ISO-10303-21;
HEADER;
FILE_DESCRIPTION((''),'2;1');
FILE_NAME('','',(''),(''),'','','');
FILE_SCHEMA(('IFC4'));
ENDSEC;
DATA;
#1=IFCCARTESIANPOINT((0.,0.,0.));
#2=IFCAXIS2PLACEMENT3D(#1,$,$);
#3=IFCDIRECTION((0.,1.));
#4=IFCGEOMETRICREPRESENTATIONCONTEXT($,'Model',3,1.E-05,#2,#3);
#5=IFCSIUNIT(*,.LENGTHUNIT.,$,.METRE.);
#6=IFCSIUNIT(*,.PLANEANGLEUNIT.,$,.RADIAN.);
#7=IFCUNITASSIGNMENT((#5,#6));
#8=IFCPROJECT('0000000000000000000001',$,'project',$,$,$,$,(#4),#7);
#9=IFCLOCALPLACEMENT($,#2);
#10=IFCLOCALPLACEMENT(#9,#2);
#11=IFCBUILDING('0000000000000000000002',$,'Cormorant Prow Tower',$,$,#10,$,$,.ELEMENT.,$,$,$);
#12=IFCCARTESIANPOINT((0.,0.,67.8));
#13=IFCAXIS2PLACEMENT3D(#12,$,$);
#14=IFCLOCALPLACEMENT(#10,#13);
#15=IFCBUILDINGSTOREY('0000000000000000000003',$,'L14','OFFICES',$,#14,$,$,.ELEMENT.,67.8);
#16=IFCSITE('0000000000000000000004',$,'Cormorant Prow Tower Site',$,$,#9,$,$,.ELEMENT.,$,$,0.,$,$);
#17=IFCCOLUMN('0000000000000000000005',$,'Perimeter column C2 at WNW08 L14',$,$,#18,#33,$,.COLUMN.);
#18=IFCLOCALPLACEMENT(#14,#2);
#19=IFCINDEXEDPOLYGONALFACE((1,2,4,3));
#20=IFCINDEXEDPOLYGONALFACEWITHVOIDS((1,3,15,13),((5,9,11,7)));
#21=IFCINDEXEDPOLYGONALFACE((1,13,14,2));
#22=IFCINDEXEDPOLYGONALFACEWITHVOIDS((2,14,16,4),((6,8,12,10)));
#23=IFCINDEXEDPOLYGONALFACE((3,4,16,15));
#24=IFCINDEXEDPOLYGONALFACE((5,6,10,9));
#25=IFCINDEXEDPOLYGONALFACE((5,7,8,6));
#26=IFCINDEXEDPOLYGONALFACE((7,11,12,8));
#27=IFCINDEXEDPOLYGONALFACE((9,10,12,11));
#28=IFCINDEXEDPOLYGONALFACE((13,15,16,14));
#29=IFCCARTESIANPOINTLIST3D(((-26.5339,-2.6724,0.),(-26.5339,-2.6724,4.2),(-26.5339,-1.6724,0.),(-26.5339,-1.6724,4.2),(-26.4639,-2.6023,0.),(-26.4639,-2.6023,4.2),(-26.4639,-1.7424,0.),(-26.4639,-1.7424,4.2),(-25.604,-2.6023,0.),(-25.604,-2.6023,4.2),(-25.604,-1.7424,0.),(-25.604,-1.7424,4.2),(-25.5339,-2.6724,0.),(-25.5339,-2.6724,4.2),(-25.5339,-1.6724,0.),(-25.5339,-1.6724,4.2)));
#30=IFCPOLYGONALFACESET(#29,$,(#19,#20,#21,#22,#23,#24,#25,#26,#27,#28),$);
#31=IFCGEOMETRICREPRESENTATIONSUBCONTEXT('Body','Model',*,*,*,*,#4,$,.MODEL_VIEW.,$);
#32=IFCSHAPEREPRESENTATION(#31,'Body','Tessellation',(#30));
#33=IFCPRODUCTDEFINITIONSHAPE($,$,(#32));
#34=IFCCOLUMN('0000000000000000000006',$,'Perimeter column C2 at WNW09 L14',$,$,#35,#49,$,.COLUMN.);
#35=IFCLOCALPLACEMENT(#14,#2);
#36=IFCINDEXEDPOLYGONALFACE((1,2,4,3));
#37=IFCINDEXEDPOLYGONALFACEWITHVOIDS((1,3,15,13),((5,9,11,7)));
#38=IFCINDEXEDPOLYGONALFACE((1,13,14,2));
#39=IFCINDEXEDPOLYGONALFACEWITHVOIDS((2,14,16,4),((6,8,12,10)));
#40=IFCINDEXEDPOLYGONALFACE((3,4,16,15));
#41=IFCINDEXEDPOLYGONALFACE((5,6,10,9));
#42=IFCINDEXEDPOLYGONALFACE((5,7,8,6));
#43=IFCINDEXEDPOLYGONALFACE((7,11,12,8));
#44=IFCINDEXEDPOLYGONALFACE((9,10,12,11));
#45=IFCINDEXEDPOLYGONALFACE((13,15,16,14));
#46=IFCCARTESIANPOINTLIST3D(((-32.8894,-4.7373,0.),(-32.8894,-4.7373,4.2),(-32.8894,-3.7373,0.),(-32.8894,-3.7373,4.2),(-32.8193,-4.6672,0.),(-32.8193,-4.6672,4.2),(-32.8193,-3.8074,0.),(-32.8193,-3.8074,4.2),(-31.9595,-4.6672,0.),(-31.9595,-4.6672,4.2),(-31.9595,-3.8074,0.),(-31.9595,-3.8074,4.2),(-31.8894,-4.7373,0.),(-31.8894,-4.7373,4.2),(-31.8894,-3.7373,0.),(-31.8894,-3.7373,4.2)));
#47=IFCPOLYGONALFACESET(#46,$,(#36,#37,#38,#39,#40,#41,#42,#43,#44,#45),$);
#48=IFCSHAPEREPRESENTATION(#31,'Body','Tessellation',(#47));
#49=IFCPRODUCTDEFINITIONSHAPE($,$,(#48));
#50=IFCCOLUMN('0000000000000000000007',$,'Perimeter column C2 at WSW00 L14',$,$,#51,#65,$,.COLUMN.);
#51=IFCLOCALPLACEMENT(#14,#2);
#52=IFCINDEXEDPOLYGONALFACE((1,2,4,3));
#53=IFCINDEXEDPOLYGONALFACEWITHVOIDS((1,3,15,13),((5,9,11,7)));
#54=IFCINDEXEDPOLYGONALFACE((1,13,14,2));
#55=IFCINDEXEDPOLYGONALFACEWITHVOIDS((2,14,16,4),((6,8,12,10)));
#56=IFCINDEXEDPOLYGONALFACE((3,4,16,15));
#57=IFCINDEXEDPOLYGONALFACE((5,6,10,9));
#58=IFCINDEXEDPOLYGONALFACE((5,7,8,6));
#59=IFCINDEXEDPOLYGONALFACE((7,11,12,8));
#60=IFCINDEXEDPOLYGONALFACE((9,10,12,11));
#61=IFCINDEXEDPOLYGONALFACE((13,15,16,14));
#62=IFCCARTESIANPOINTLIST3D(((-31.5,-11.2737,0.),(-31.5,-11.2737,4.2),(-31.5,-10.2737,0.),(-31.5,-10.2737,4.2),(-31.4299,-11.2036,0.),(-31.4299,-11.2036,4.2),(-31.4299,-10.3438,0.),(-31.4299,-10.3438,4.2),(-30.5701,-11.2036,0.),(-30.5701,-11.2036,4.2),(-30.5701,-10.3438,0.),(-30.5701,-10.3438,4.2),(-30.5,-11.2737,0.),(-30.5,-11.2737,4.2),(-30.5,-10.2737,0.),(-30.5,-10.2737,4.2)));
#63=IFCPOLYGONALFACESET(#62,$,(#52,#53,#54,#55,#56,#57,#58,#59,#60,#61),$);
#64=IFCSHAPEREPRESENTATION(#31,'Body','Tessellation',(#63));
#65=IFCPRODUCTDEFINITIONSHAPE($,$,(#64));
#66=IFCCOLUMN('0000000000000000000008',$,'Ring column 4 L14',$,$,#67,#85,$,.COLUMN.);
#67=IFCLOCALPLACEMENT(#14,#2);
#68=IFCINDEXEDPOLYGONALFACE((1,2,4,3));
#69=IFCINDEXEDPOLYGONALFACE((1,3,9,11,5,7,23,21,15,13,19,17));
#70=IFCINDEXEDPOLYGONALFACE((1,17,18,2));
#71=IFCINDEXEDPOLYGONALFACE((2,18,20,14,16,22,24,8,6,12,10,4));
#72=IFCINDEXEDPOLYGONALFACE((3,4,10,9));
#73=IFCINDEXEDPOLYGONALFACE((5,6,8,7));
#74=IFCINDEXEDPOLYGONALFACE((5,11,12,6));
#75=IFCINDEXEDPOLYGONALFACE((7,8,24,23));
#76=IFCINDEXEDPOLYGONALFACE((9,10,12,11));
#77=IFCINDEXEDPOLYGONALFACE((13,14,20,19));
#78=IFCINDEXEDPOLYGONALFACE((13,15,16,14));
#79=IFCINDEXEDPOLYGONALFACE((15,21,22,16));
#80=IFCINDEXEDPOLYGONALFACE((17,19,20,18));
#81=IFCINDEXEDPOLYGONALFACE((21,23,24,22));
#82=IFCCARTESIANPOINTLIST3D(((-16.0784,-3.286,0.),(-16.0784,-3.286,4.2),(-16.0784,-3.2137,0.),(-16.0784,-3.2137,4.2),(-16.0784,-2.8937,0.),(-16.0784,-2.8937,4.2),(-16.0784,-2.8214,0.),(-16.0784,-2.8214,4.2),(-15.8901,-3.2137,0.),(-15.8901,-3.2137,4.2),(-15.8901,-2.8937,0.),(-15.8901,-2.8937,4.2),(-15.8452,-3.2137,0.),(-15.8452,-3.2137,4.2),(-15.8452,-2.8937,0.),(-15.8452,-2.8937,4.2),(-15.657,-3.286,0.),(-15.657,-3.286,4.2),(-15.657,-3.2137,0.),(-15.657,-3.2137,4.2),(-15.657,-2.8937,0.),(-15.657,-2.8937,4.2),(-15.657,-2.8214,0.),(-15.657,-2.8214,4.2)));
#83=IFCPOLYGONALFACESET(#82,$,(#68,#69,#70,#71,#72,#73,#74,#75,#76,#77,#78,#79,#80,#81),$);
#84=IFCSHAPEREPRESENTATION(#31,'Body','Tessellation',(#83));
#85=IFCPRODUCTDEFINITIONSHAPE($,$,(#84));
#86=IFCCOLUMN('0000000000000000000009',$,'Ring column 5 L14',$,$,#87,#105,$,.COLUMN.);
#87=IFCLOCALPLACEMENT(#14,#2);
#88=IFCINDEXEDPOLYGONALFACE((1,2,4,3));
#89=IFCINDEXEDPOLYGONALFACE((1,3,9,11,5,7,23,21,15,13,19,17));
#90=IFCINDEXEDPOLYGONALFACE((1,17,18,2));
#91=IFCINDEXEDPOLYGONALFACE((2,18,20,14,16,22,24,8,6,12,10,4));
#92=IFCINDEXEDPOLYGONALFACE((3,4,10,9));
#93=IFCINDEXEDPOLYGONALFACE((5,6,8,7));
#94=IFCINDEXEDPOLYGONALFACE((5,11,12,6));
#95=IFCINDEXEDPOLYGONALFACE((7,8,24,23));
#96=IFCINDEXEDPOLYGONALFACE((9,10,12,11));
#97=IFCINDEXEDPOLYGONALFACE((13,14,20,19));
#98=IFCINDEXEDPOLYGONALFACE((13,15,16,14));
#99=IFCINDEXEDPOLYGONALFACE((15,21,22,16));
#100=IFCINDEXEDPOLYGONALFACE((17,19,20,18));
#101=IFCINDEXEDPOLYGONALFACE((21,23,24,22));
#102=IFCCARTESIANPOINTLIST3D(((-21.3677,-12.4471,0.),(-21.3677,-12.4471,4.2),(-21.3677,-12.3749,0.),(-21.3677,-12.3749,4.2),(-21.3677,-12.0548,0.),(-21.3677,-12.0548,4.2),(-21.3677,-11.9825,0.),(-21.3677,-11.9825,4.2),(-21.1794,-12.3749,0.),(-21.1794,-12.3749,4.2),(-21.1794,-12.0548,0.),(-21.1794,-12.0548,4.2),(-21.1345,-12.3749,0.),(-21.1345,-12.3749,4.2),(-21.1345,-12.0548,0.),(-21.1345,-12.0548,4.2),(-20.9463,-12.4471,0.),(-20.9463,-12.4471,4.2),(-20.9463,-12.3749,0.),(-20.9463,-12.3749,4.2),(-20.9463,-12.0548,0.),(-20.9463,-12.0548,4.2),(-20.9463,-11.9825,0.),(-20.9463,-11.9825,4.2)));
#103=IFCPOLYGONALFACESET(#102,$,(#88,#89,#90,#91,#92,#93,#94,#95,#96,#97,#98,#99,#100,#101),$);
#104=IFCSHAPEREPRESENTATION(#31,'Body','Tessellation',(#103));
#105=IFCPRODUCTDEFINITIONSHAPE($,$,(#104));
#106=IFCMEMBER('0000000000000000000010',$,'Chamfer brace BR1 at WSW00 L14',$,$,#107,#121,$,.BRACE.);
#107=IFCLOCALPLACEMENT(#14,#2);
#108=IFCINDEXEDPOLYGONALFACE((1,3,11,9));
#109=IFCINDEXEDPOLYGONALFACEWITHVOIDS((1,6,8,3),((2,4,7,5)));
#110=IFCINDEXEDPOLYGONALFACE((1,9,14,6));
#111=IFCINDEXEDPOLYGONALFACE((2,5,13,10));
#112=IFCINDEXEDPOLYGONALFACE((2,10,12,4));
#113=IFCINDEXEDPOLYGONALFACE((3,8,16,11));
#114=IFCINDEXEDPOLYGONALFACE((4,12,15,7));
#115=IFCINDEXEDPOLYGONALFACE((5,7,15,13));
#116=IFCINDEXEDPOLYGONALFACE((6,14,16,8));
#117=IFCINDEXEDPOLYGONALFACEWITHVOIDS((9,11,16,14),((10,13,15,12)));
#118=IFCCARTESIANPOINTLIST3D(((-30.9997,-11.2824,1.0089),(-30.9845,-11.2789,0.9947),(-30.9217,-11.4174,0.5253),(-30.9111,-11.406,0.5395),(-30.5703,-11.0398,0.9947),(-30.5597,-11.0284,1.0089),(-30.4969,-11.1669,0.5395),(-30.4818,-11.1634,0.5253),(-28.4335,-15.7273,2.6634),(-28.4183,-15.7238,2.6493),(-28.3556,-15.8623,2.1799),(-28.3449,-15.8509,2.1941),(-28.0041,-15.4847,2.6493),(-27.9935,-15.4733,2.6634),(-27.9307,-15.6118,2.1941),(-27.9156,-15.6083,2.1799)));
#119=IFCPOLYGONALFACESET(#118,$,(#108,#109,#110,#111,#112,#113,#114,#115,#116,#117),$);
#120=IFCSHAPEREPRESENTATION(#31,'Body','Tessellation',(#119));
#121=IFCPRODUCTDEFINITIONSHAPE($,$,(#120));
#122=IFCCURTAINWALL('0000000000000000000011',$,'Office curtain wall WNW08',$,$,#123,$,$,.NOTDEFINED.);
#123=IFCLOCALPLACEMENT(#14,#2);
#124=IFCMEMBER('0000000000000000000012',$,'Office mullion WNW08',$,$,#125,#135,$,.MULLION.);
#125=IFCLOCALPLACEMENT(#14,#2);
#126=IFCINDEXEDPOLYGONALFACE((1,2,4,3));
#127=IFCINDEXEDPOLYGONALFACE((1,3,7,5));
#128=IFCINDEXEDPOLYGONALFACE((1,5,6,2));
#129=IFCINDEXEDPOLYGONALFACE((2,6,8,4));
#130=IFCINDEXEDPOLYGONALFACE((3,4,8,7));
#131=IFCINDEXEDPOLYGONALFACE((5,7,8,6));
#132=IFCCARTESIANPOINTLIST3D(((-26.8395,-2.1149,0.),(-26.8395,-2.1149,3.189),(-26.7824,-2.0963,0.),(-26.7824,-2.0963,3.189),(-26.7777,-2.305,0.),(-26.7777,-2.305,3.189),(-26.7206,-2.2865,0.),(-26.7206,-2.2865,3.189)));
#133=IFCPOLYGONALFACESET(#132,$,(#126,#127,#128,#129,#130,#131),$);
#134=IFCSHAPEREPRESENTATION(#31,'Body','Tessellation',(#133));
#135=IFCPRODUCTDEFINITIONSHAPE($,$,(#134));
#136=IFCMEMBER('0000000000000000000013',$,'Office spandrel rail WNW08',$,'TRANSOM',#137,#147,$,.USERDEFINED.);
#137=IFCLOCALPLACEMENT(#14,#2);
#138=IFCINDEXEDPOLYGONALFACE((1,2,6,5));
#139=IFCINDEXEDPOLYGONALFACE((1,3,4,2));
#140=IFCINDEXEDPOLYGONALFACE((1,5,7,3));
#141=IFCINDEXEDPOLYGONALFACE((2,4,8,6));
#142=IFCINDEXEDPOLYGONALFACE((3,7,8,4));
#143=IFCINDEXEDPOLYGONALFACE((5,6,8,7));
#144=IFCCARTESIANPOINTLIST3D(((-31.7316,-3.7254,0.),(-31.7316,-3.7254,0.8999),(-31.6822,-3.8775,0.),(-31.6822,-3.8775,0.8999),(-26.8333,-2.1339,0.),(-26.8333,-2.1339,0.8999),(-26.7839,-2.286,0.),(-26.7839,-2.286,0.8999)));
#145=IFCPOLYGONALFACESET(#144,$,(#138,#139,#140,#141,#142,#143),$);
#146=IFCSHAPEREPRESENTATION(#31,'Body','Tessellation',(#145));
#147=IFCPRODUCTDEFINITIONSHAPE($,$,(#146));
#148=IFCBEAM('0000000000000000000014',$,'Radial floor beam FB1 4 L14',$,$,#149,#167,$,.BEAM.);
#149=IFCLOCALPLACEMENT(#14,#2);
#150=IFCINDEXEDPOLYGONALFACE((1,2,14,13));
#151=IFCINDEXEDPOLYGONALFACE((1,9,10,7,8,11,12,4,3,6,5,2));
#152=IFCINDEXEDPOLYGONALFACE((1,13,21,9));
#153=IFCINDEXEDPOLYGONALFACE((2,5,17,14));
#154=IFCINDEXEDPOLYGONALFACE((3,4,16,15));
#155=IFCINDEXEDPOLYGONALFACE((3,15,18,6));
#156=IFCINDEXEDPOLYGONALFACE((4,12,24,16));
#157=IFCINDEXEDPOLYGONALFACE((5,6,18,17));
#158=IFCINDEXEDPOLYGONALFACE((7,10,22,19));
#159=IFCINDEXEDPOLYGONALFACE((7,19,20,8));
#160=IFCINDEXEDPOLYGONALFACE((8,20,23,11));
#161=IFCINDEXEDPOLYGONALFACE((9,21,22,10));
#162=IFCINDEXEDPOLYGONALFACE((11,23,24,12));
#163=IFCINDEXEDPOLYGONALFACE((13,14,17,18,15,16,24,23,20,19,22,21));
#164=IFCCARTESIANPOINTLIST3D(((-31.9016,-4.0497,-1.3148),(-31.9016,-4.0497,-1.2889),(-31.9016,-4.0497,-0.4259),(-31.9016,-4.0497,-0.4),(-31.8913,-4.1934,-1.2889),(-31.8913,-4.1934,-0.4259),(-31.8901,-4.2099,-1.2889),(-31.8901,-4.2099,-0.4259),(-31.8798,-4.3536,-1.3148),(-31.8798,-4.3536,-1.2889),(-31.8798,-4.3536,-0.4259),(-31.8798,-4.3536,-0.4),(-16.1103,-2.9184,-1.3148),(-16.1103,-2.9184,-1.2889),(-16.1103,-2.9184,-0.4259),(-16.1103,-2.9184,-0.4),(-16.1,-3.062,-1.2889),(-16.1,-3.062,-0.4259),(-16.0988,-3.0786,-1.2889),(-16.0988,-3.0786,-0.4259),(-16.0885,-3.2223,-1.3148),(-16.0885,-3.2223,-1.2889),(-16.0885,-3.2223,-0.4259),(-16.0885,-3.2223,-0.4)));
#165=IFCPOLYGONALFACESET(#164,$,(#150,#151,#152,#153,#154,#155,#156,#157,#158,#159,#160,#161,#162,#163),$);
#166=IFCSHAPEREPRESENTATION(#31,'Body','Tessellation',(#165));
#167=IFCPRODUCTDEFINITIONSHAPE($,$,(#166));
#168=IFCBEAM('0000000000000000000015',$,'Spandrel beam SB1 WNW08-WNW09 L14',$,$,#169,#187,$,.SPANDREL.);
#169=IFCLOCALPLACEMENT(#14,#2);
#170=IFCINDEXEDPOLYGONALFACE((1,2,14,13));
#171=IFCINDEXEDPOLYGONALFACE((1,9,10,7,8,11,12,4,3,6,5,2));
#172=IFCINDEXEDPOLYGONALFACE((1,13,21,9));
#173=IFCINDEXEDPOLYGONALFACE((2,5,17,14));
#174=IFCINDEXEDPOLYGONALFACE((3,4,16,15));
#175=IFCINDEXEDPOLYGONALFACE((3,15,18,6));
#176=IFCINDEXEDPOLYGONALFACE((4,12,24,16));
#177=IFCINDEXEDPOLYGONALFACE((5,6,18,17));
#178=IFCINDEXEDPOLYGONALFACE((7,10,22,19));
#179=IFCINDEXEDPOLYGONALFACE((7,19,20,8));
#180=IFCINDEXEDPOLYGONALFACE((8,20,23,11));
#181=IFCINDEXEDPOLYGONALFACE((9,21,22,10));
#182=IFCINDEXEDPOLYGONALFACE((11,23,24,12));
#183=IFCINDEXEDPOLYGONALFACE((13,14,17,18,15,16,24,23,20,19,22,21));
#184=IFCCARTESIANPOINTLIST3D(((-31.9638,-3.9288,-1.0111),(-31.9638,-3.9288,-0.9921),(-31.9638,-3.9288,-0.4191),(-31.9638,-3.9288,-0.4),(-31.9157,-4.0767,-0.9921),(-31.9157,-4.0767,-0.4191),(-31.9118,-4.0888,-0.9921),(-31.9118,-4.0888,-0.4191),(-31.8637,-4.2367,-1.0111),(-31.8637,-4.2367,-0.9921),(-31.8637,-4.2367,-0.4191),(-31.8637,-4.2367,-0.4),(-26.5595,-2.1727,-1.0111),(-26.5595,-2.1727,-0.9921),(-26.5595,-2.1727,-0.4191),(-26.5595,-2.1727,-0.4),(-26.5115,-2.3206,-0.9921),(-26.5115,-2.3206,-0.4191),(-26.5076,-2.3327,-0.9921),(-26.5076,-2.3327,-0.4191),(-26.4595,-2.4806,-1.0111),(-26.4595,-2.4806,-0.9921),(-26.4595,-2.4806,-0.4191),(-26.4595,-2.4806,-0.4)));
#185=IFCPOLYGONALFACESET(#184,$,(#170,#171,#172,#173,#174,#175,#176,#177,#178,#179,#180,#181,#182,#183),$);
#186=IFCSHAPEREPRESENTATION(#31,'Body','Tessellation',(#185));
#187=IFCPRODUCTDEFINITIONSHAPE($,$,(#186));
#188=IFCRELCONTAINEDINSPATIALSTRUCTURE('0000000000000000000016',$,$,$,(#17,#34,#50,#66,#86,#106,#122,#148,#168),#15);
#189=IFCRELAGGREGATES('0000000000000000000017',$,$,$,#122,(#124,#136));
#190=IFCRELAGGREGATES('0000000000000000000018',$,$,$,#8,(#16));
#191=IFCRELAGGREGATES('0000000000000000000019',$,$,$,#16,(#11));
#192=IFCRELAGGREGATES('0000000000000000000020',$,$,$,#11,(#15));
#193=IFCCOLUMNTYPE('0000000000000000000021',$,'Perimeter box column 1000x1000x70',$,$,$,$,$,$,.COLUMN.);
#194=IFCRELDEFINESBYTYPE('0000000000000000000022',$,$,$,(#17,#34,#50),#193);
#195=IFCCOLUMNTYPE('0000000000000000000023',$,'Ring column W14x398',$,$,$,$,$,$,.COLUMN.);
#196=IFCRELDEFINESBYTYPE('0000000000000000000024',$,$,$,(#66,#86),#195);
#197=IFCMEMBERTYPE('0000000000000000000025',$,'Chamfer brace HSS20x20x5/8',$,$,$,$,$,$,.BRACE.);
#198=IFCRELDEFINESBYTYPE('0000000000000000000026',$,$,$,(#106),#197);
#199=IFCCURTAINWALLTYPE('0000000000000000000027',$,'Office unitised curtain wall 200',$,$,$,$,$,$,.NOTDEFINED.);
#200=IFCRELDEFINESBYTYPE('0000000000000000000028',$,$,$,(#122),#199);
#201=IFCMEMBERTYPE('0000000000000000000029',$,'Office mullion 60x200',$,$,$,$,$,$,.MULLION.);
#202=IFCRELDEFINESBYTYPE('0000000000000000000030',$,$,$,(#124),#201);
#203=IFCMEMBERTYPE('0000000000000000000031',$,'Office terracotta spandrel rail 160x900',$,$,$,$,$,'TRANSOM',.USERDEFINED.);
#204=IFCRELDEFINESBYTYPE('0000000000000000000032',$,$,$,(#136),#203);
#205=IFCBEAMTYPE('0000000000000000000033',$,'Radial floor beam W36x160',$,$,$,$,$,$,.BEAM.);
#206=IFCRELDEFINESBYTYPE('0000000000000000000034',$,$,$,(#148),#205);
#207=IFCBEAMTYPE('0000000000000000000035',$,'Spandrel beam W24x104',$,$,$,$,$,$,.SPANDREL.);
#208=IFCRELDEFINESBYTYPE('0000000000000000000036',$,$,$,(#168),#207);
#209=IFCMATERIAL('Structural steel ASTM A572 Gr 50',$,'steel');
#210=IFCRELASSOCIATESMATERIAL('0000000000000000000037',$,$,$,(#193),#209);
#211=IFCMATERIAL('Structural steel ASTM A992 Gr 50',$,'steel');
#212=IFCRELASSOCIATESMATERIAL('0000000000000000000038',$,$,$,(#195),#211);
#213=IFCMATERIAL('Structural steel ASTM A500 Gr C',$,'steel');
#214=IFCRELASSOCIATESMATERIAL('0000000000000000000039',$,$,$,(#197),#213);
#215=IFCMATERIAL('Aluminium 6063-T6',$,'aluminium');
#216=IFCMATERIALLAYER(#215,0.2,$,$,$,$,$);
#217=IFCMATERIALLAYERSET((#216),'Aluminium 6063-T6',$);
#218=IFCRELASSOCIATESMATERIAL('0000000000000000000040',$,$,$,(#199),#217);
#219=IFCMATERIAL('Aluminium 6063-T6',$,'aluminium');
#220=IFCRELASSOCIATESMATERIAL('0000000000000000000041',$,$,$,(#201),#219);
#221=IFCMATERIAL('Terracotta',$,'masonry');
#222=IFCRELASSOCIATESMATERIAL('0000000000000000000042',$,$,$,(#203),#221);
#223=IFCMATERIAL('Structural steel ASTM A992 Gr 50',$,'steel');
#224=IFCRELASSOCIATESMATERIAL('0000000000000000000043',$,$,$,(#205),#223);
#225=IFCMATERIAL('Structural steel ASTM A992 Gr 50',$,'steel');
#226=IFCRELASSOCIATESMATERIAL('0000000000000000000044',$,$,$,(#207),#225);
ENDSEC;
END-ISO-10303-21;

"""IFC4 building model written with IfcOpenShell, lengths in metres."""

from ifc_helpers import new_model, si_unit, direction, frame, origin, origin_2d, place, context, subcontext, project, spatial, rectangle, hollow_rectangle, i_section, extrude, material, layer, layer_set, material_profile, profile_set, type_object, element, aggregate, save


model = new_model("IFC4")

# Units and contexts
model_context = context("Model", 3, precision=1e-05, world=origin(), true_north=direction((0.0, 1.0)))
body_context = subcontext(model_context, "Body", "Model", "MODEL_VIEW")
ifc_project = project(units=[si_unit("LENGTHUNIT", "METRE"), si_unit("PLANEANGLEUNIT", "RADIAN")], contexts=[model_context])

# Site, building, storey
site_placement = place(None, origin())
site = spatial("IfcSite", under=ifc_project, at=site_placement, Name="Cormorant Prow Tower Site", CompositionType="ELEMENT", RefElevation=0.0)
building_placement = place(site_placement, origin())
building = spatial("IfcBuilding", under=site, at=building_placement, Name="Cormorant Prow Tower", CompositionType="ELEMENT")
storey_placement = place(building_placement, frame((0.0, 0.0, 67.8)))
storey = spatial("IfcBuildingStorey", under=building, at=storey_placement, Name="L14", Description="OFFICES", CompositionType="ELEMENT", Elevation=67.8)

# Columns
ifc_material_1 = material(Name="Structural steel ASTM A572 Gr 50", Category="steel")
ifc_material_profile_1 = material_profile(ifc_material_1, hollow_rectangle(XDim=1.0, YDim=1.0, WallThickness=0.0701, at=origin_2d()), Name="Box 1000x1000x70")
ifc_profile_set_1 = profile_set([ifc_material_profile_1], Name="Structural steel ASTM A572 Gr 50")
column_type_1 = type_object("IfcColumnType", Name="Perimeter box column 1000x1000x70", PredefinedType="COLUMN", material=ifc_profile_set_1)
for number, where, z_axis, x_axis, name in (
    (1, (-26.0339, -2.1724, 0.0), (0.0, 0.0, 1.0), (1.0, 0.0, 0.0), "Perimeter column C2 at WNW08 L14"),
    (2, (-32.3894, -4.2373, 0.0), (0.0, 0.0, 1.0), (1.0, 0.0, 0.0), "Perimeter column C2 at WNW09 L14"),
    (3, (-31.0, -10.7737, 0.0), (0.0, 0.0, 1.0), (1.0, 0.0, 0.0), "Perimeter column C2 at WSW00 L14"),
):
    element("IfcColumn", number, at=place(storey_placement, frame(where, z_axis=z_axis, x_axis=x_axis)), inside=storey, type_object=column_type_1, Name=name, PredefinedType="COLUMN", context=body_context, shape_type="SweptSolid", body=[
        extrude(hollow_rectangle(XDim=1.0, YDim=1.0, WallThickness=0.0701, at=origin_2d()), origin(), (0.0, 0.0, 1.0), 4.2),
    ])
ifc_material_2 = material(Name="Structural steel ASTM A992 Gr 50", Category="steel")
ifc_material_profile_2 = material_profile(ifc_material_2, i_section(OverallWidth=0.4214, OverallDepth=0.4646, WebThickness=0.0449, FlangeThickness=0.0723, at=origin_2d()), Name="W14x398")
ifc_profile_set_2 = profile_set([ifc_material_profile_2], Name="Structural steel ASTM A992 Gr 50")
column_type_2 = type_object("IfcColumnType", Name="Ring column W14x398", PredefinedType="COLUMN", material=ifc_profile_set_2)
for number, where, z_axis, x_axis, name in (
    (4, (-15.8677, -3.0537, 0.0), (0.0, 0.0, 1.0), (1.0, 0.0, 0.0), "Ring column 4 L14"),
    (5, (-21.157, -12.2148, 0.0), (0.0, 0.0, 1.0), (1.0, 0.0, 0.0), "Ring column 5 L14"),
):
    element("IfcColumn", number, at=place(storey_placement, frame(where, z_axis=z_axis, x_axis=x_axis)), inside=storey, type_object=column_type_2, Name=name, PredefinedType="COLUMN", context=body_context, shape_type="SweptSolid", body=[
        extrude(i_section(OverallWidth=0.4214, OverallDepth=0.4646, WebThickness=0.0449, FlangeThickness=0.0723, at=origin_2d()), origin(), (0.0, 0.0, 1.0), 4.2),
    ])

# Member
ifc_material_3 = material(Name="Structural steel ASTM A500 Gr C", Category="steel")
ifc_material_profile_3 = material_profile(ifc_material_3, hollow_rectangle(XDim=0.5081, YDim=0.5081, WallThickness=0.0149, at=origin_2d()), Name="HSS20x20x5/8")
ifc_profile_set_3 = profile_set([ifc_material_profile_3], Name="Structural steel ASTM A500 Gr C")
member_type_1 = type_object("IfcMemberType", Name="Chamfer brace HSS20x20x5/8", PredefinedType="BRACE", material=ifc_profile_set_3)
member_1_placement = place(storey_placement, frame((-30.7407, -11.2229, 0.7671), z_axis=(0.475875, -0.824259, 0.306822), x_axis=(0.86603, 0.499991, 0.0)))
element("IfcMember", 6, at=member_1_placement, inside=storey, type_object=member_type_1, Name="Chamfer brace BR1 at WSW00 L14", PredefinedType="BRACE", context=body_context, shape_type="SweptSolid", body=[
    extrude(hollow_rectangle(XDim=0.5081, YDim=0.5081, WallThickness=0.0149, at=origin_2d()), origin(), (0.0, 0.0, 1.0), 5.3926),
])

# Curtain wall, members
ifc_material_4 = material(Name="Aluminium 6063-T6", Category="aluminium")
ifc_layer_1 = layer(ifc_material_4, 0.2)
ifc_layer_set_1 = layer_set([ifc_layer_1], Name="Aluminium 6063-T6")
curtain_wall_type = type_object("IfcCurtainWallType", Name="Office unitised curtain wall 200", PredefinedType="NOTDEFINED", material=ifc_layer_set_1)
curtain_wall_placement = place(storey_placement, origin())
curtain_wall = element("IfcCurtainWall", 7, at=curtain_wall_placement, inside=storey, type_object=curtain_wall_type, Name="Office curtain wall WNW08", PredefinedType="NOTDEFINED")
ifc_material_5 = material(Name="Aluminium 6063-T6", Category="aluminium")
ifc_material_profile_4 = material_profile(ifc_material_5, rectangle(XDim=0.2, YDim=0.0601, at=origin_2d()), Name="Office mullion 60x200")
ifc_profile_set_4 = profile_set([ifc_material_profile_4], Name="Aluminium 6063-T6")
member_type_2 = type_object("IfcMemberType", Name="Office mullion 60x200", PredefinedType="MULLION", material=ifc_profile_set_4)
member_2_placement = place(storey_placement, frame((-26.78, -2.2007, 0.0), z_axis=(0.0, 0.0, 1.0), x_axis=(0.309017, -0.951057, 0.0)))
member_2 = element("IfcMember", 8, at=member_2_placement, type_object=member_type_2, Name="Office mullion WNW08", PredefinedType="MULLION", context=body_context, shape_type="SweptSolid", body=[
    extrude(rectangle(XDim=0.2, YDim=0.0601, at=origin_2d()), origin(), (0.0, 0.0, 1.0), 3.189),
])
ifc_material_6 = material(Name="Terracotta", Category="masonry")
ifc_material_profile_5 = material_profile(ifc_material_6, rectangle(XDim=0.1599, YDim=0.8999, at=origin_2d()), Name="Office terracotta spandrel rail 160x900")
ifc_profile_set_5 = profile_set([ifc_material_profile_5], Name="Terracotta")
member_type_3 = type_object("IfcMemberType", Name="Office terracotta spandrel rail 160x900", ElementType="TRANSOM", PredefinedType="USERDEFINED", material=ifc_profile_set_5)
member_3_placement = place(storey_placement, frame((-26.8086, -2.21, 0.45), z_axis=(-0.951059, -0.309009, 0.0), x_axis=(0.309009, -0.951059, 0.0)))
member_3 = element("IfcMember", 9, at=member_3_placement, type_object=member_type_3, Name="Office spandrel rail WNW08", ObjectType="TRANSOM", PredefinedType="USERDEFINED", context=body_context, shape_type="SweptSolid", body=[
    extrude(rectangle(XDim=0.1599, YDim=0.8999, at=origin_2d()), origin(), (0.0, 0.0, 1.0), 5.1504),
])

# Beams
ifc_material_7 = material(Name="Structural steel ASTM A992 Gr 50", Category="steel")
ifc_material_profile_6 = material_profile(ifc_material_7, i_section(OverallWidth=0.3047, OverallDepth=0.9148, WebThickness=0.0166, FlangeThickness=0.0259, at=origin_2d()), Name="W36x160")
ifc_profile_set_6 = profile_set([ifc_material_profile_6], Name="Structural steel ASTM A992 Gr 50")
beam_type_1 = type_object("IfcBeamType", Name="Radial floor beam W36x160", PredefinedType="BEAM", material=ifc_profile_set_6)
beam_1_placement = place(storey_placement, frame((-16.0994, -3.0703, -0.8574), z_axis=(-0.997443, -0.071461, 0.0), x_axis=(0.071461, -0.997443, 0.0)))
element("IfcBeam", 10, at=beam_1_placement, inside=storey, type_object=beam_type_1, Name="Radial floor beam FB1 4 L14", PredefinedType="BEAM", context=body_context, shape_type="SweptSolid", body=[
    extrude(i_section(OverallWidth=0.3047, OverallDepth=0.9148, WebThickness=0.0166, FlangeThickness=0.0259, at=origin_2d()), origin(), (0.0, 0.0, 1.0), 15.8318),
])
ifc_material_8 = material(Name="Structural steel ASTM A992 Gr 50", Category="steel")
ifc_material_profile_7 = material_profile(ifc_material_8, i_section(OverallWidth=0.3237, OverallDepth=0.6111, WebThickness=0.0127, FlangeThickness=0.019, at=origin_2d()), Name="W24x104")
ifc_profile_set_7 = profile_set([ifc_material_profile_7], Name="Structural steel ASTM A992 Gr 50")
beam_type_2 = type_object("IfcBeamType", Name="Spandrel beam W24x104", PredefinedType="SPANDREL", material=ifc_profile_set_7)
beam_2_placement = place(storey_placement, frame((-26.5095, -2.3267, -0.7056), z_axis=(-0.951049, -0.309039, 0.0), x_axis=(0.309039, -0.951049, 0.0)))
element("IfcBeam", 11, at=beam_2_placement, inside=storey, type_object=beam_type_2, Name="Spandrel beam SB1 WNW08-WNW09 L14", PredefinedType="SPANDREL", context=body_context, shape_type="SweptSolid", body=[
    extrude(i_section(OverallWidth=0.3237, OverallDepth=0.6111, WebThickness=0.0127, FlangeThickness=0.019, at=origin_2d()), origin(), (0.0, 0.0, 1.0), 5.6824),
])

aggregate(curtain_wall, [member_2, member_3])

save(model, "model.ifc")
